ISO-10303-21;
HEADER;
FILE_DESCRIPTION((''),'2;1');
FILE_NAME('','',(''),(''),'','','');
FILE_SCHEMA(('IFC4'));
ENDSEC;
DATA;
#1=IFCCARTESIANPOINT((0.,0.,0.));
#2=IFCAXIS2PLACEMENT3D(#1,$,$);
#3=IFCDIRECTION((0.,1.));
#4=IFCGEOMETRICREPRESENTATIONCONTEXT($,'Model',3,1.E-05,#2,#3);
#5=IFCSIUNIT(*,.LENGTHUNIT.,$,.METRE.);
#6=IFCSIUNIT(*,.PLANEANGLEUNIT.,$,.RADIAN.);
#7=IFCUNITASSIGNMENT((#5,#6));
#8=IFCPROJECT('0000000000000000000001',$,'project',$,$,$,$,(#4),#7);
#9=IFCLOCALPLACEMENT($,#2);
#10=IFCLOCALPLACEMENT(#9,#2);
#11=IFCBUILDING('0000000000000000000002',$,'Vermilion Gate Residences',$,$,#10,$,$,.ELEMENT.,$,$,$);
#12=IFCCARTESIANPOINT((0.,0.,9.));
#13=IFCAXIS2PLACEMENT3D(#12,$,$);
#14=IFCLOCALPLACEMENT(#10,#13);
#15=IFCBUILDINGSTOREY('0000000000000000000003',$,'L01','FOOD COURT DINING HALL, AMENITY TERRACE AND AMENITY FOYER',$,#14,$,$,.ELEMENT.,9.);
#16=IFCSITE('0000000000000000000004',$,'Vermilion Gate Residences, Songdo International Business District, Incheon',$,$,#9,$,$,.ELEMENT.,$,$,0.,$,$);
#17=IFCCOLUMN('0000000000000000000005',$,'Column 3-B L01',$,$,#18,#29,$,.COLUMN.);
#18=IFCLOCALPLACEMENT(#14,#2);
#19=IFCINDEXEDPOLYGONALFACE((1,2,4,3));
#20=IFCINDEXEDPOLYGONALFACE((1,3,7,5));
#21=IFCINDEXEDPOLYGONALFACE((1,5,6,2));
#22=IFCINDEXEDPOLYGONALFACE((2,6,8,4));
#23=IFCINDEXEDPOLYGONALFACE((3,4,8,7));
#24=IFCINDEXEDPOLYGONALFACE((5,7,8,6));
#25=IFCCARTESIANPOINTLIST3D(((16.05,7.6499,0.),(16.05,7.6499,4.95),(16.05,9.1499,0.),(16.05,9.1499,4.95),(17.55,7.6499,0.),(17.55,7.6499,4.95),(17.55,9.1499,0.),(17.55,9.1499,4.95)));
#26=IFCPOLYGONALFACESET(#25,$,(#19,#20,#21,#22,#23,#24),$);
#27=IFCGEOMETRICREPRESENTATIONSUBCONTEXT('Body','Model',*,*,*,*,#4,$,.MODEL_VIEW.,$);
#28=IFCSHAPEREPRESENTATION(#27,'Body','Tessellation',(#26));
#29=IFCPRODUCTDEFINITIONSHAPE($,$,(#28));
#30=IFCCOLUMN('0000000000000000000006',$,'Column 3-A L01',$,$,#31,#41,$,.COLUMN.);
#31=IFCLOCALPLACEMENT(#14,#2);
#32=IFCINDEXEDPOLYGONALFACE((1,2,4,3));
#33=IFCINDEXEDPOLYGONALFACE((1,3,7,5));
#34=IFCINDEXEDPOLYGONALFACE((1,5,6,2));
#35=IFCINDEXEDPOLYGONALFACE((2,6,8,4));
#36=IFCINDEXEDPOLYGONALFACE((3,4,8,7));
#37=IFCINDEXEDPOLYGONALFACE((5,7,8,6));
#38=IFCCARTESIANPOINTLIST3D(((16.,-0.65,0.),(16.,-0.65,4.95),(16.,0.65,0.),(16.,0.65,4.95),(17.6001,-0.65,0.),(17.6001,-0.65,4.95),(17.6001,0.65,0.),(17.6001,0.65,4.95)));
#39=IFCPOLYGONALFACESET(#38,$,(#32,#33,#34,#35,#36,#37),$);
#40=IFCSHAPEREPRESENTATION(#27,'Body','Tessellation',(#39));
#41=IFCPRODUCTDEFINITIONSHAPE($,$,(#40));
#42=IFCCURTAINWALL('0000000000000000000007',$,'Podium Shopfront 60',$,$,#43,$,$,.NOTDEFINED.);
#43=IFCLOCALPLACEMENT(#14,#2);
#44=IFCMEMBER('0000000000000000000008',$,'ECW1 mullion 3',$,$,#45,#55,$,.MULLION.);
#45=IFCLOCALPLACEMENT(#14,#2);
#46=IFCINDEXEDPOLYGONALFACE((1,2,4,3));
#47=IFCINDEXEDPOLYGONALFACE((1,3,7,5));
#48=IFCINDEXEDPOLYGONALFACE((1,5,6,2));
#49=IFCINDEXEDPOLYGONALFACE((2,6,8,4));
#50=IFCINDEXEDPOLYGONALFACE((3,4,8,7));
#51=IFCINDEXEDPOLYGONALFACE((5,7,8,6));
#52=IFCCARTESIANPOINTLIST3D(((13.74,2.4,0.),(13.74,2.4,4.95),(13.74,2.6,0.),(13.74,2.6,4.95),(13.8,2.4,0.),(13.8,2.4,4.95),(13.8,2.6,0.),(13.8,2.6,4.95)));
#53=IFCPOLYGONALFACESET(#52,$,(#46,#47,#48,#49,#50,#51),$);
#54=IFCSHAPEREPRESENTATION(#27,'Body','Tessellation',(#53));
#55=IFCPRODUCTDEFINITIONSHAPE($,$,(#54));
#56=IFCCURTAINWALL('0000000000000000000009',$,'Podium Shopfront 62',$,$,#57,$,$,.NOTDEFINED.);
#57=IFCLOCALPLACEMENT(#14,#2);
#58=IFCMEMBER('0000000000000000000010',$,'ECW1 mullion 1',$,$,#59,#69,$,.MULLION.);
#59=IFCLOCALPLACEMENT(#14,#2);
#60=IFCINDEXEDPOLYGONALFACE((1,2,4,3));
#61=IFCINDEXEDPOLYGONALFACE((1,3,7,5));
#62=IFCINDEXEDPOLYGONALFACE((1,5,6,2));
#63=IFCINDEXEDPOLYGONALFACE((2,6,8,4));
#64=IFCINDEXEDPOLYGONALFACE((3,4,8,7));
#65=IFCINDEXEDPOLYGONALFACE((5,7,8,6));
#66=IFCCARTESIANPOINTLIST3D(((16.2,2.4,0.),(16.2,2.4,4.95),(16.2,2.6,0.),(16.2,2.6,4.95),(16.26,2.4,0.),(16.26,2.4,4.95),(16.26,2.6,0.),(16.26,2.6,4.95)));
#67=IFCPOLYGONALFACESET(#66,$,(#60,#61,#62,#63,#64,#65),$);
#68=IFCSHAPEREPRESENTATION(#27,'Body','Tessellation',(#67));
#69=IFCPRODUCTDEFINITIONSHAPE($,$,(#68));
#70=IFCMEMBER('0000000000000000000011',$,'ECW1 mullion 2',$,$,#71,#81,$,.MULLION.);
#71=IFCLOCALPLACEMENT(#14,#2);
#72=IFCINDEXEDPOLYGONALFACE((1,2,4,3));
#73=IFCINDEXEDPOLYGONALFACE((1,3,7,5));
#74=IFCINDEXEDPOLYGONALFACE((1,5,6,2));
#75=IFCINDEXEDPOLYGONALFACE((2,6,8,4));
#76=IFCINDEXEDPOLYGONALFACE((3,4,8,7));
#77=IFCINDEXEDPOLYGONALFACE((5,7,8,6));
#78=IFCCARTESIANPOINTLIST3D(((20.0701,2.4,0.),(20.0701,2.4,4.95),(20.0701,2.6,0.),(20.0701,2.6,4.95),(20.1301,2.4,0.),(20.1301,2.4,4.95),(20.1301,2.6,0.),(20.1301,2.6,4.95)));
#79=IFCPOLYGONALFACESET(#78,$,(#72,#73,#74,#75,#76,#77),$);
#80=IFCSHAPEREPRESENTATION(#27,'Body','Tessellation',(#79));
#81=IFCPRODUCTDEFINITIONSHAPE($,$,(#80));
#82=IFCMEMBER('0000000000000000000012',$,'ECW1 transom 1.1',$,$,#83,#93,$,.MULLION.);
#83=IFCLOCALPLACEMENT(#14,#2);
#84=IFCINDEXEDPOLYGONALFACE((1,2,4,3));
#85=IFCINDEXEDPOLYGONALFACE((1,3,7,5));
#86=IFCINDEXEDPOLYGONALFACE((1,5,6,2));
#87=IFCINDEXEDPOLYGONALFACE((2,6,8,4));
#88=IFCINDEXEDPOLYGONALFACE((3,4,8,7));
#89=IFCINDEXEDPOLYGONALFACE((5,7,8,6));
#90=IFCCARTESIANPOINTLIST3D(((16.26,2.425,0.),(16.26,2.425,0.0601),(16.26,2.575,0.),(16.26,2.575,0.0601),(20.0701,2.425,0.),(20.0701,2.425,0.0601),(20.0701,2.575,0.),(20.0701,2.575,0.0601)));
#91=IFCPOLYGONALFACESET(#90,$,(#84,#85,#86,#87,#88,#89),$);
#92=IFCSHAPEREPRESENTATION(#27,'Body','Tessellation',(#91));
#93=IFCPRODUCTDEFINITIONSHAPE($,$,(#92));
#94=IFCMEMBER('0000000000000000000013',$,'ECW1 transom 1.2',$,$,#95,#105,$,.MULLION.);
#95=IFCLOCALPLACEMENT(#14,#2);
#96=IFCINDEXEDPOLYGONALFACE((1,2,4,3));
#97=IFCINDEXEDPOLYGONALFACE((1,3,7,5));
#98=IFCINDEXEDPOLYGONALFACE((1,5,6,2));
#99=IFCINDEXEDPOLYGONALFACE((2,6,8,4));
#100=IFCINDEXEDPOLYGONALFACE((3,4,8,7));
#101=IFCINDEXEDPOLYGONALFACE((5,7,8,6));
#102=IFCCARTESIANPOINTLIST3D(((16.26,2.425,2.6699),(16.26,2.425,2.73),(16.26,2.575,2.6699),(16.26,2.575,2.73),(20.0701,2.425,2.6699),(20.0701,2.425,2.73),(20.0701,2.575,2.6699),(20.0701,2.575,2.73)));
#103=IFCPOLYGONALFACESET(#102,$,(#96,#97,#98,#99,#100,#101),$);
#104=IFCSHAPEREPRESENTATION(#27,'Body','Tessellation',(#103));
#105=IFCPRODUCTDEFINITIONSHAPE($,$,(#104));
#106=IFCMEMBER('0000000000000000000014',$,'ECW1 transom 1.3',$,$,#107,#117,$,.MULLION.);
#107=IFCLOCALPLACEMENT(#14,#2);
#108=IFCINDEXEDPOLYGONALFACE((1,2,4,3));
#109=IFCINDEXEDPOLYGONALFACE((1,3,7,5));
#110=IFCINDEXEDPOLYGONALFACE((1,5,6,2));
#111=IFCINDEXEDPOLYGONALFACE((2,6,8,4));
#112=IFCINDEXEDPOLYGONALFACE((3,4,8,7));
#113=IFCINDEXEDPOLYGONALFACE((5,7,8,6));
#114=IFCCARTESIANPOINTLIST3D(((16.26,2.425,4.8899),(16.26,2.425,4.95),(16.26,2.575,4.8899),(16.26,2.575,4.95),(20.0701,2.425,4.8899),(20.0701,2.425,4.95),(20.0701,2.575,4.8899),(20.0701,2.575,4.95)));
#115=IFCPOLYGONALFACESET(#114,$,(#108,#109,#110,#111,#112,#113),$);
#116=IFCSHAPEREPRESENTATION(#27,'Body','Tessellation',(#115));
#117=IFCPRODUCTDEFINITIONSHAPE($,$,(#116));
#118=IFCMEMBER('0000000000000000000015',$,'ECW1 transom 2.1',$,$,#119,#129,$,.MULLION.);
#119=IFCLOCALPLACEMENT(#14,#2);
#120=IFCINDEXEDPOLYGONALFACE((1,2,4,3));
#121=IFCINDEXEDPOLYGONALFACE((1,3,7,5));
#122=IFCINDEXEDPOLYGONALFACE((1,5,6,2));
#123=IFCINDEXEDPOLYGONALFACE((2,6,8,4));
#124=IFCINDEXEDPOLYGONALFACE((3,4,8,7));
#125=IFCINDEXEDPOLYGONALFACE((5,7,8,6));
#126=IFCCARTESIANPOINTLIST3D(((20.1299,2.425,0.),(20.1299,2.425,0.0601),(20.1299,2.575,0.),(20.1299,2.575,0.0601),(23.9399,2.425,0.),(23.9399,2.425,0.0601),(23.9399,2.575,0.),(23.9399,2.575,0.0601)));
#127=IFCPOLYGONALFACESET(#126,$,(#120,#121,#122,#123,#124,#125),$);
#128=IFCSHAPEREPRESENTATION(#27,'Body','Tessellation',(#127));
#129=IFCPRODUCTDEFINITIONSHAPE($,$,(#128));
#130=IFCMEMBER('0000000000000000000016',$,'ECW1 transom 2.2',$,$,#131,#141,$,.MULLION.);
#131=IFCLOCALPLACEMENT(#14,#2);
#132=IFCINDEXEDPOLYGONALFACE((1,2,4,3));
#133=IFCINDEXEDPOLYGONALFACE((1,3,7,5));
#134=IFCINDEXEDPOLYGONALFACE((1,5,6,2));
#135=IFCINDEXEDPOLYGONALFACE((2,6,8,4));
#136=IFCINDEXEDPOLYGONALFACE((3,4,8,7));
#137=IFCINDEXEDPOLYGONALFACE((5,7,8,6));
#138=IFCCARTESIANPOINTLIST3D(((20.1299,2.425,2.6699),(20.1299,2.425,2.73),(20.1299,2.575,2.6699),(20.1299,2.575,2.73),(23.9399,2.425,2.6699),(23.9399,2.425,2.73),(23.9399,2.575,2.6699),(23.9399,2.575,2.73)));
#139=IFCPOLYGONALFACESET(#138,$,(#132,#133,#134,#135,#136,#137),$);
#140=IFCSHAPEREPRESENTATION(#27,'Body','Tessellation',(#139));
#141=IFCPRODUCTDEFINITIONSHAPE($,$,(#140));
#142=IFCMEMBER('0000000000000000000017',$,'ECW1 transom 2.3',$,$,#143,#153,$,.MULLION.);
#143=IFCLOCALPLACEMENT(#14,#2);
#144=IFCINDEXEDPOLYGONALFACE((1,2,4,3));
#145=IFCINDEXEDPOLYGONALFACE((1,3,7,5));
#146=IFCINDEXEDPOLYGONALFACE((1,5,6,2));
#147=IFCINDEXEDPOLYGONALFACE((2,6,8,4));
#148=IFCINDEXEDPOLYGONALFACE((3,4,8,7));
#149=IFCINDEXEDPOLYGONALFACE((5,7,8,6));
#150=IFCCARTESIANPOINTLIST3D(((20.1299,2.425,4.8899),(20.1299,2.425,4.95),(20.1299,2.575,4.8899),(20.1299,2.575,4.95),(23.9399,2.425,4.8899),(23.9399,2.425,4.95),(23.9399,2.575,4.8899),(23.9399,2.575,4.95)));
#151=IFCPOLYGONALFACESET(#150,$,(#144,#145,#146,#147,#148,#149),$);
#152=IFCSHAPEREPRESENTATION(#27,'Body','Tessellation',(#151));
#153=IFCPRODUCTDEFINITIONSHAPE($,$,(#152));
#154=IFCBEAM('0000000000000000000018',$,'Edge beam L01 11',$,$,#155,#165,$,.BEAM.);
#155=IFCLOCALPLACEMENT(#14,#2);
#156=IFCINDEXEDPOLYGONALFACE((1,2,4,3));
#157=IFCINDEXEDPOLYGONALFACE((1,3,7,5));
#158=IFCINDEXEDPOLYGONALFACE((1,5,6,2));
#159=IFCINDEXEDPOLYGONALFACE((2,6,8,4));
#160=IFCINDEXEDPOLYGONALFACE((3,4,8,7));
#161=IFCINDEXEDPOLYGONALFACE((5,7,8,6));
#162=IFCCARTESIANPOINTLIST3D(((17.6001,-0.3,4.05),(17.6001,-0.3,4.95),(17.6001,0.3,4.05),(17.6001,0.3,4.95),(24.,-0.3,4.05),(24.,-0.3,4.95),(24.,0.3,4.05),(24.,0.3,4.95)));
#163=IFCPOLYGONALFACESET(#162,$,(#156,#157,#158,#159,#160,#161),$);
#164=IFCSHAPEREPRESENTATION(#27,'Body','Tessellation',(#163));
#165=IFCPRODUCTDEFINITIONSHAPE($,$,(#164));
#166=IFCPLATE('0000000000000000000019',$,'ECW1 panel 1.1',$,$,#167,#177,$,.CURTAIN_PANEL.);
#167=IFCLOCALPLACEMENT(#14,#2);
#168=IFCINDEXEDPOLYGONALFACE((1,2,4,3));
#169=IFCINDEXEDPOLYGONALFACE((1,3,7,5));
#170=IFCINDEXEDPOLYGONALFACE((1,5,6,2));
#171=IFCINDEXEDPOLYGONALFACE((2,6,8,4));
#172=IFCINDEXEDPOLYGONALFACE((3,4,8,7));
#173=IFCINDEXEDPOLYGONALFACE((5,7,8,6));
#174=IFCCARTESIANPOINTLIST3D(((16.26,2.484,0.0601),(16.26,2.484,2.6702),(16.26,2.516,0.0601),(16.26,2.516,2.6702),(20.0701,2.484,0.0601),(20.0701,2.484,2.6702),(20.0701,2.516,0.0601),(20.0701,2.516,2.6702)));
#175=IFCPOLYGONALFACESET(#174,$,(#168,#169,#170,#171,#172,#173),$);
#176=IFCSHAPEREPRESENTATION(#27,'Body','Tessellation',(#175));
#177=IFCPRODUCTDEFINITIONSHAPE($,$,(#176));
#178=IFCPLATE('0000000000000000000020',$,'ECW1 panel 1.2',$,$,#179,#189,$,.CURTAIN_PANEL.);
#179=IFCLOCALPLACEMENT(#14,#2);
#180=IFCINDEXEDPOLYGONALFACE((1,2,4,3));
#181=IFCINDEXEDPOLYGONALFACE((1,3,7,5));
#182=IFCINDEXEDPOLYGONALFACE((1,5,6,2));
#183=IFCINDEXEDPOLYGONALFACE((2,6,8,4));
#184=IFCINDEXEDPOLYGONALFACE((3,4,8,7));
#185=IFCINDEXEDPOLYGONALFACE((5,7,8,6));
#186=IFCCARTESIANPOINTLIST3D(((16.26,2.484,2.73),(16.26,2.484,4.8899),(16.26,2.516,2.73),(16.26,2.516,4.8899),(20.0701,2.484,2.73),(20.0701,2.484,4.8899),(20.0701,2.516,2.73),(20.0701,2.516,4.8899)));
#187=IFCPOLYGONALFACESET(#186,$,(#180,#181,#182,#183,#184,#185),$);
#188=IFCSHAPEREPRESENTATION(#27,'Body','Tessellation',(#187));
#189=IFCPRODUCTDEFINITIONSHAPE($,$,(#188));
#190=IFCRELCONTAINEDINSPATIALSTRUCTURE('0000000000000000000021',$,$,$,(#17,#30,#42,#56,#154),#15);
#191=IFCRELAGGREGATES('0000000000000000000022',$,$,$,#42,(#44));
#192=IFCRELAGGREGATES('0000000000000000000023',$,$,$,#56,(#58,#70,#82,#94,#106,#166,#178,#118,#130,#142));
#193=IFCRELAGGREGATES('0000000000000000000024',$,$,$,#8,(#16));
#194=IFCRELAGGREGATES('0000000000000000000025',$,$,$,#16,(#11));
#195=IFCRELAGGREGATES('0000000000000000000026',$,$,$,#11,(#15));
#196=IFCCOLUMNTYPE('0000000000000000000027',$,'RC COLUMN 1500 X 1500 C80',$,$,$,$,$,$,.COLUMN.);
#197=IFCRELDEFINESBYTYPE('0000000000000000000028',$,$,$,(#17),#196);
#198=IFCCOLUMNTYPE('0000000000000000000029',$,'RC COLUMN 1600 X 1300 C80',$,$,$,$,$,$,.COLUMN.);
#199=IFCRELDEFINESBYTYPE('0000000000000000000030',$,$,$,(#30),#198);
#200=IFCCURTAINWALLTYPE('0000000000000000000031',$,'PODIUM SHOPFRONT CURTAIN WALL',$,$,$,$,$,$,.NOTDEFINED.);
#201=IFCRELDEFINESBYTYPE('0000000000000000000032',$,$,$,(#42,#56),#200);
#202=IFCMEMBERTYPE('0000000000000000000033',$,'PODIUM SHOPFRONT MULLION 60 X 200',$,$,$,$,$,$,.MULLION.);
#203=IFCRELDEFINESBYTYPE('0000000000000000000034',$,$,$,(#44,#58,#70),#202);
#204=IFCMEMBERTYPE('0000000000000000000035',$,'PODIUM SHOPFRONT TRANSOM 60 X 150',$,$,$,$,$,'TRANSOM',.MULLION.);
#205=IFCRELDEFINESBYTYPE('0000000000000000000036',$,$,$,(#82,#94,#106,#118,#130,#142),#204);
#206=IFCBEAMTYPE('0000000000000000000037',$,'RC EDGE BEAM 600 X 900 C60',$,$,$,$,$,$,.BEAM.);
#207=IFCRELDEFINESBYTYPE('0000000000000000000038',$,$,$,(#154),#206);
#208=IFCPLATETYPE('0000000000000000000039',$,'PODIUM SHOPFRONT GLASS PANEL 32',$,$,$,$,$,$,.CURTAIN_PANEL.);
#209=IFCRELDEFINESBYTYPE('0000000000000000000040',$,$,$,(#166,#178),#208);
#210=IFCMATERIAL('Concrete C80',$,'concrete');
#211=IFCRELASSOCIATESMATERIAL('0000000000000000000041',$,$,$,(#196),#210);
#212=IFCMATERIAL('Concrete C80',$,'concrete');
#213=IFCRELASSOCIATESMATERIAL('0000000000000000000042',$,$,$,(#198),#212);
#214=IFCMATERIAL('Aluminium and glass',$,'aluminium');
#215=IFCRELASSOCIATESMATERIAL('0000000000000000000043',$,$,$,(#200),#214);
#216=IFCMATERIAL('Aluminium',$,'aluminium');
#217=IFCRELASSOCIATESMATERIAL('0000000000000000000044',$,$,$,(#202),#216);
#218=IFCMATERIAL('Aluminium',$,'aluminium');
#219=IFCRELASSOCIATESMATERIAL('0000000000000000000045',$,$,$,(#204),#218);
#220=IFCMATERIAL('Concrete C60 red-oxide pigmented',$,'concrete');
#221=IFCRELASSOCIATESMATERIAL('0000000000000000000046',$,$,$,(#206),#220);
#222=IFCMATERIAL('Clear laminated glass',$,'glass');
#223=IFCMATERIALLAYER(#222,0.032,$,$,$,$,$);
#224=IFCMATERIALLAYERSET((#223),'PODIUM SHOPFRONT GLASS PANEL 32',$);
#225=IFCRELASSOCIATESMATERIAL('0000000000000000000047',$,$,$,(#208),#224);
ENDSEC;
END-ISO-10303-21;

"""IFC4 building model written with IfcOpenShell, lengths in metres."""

from ifc_helpers import new_model, si_unit, direction, frame, origin, origin_2d, place, context, subcontext, project, spatial, rectangle, extrude, material, layer, layer_set, material_profile, profile_set, type_object, element, aggregate, save


model = new_model("IFC4")

# Units and contexts
model_context = context("Model", 3, precision=1e-05, world=origin(), true_north=direction((0.0, 1.0)))
body_context = subcontext(model_context, "Body", "Model", "MODEL_VIEW")
ifc_project = project(units=[si_unit("LENGTHUNIT", "METRE"), si_unit("PLANEANGLEUNIT", "RADIAN")], contexts=[model_context])

# Site, building, storey
site_placement = place(None, origin())
site = spatial("IfcSite", under=ifc_project, at=site_placement, Name="Vermilion Gate Residences, Songdo International Business District, Incheon", CompositionType="ELEMENT", RefElevation=0.0)
building_placement = place(site_placement, origin())
building = spatial("IfcBuilding", under=site, at=building_placement, Name="Vermilion Gate Residences", CompositionType="ELEMENT")
storey_placement = place(building_placement, frame((0.0, 0.0, 9.0)))
storey = spatial("IfcBuildingStorey", under=building, at=storey_placement, Name="L01", Description="FOOD COURT DINING HALL, AMENITY TERRACE AND AMENITY FOYER", CompositionType="ELEMENT", Elevation=9.0)

# Columns
ifc_material_1 = material(Name="Concrete C80", Category="concrete")
ifc_material_profile_1 = material_profile(ifc_material_1, rectangle(XDim=1.5, YDim=1.5, at=origin_2d()), Name="RC-1500x1500")
ifc_profile_set_1 = profile_set([ifc_material_profile_1], Name="Concrete C80")
column_type_1 = type_object("IfcColumnType", Name="RC COLUMN 1500 X 1500 C80", PredefinedType="COLUMN", material=ifc_profile_set_1)
column_1_placement = place(storey_placement, frame((16.8, 8.3999, 0.0), z_axis=(0.0, 0.0, 1.0), x_axis=(1.0, 0.0, 0.0)))
element("IfcColumn", 1, at=column_1_placement, inside=storey, type_object=column_type_1, Name="Column 3-B L01", PredefinedType="COLUMN", context=body_context, shape_type="SweptSolid", body=[
    extrude(rectangle(XDim=1.5, YDim=1.5, at=origin_2d()), origin(), (0.0, 0.0, 1.0), 4.95),
])
ifc_material_2 = material(Name="Concrete C80", Category="concrete")
ifc_material_profile_2 = material_profile(ifc_material_2, rectangle(XDim=1.6001, YDim=1.3, at=origin_2d()), Name="RC-1600x1300")
ifc_profile_set_2 = profile_set([ifc_material_profile_2], Name="Concrete C80")
column_type_2 = type_object("IfcColumnType", Name="RC COLUMN 1600 X 1300 C80", PredefinedType="COLUMN", material=ifc_profile_set_2)
column_2_placement = place(storey_placement, frame((16.8, 0.0, 0.0), z_axis=(0.0, 0.0, 1.0), x_axis=(1.0, 0.0, 0.0)))
element("IfcColumn", 2, at=column_2_placement, inside=storey, type_object=column_type_2, Name="Column 3-A L01", PredefinedType="COLUMN", context=body_context, shape_type="SweptSolid", body=[
    extrude(rectangle(XDim=1.6001, YDim=1.3, at=origin_2d()), origin(), (0.0, 0.0, 1.0), 4.95),
])

# Curtain wall, member
ifc_material_3 = material(Name="Aluminium and glass", Category="aluminium")
curtain_wall_type = type_object("IfcCurtainWallType", Name="PODIUM SHOPFRONT CURTAIN WALL", PredefinedType="NOTDEFINED", material=ifc_material_3)
curtain_wall_1_placement = place(storey_placement, origin())
curtain_wall_1 = element("IfcCurtainWall", 3, at=curtain_wall_1_placement, inside=storey, type_object=curtain_wall_type, Name="Podium Shopfront 60", PredefinedType="NOTDEFINED")
ifc_material_4 = material(Name="Aluminium", Category="aluminium")
ifc_material_profile_3 = material_profile(ifc_material_4, rectangle(XDim=0.2, YDim=0.0601, at=origin_2d()), Name="MULLION 60 X 200")
ifc_profile_set_3 = profile_set([ifc_material_profile_3], Name="Aluminium")
member_type_1 = type_object("IfcMemberType", Name="PODIUM SHOPFRONT MULLION 60 X 200", PredefinedType="MULLION", material=ifc_profile_set_3)
member_1_placement = place(storey_placement, frame((13.77, 2.5, 0.0), z_axis=(0.0, 0.0, 1.0), x_axis=(0.0, 1.0, 0.0)))
member_1 = element("IfcMember", 4, at=member_1_placement, type_object=member_type_1, Name="ECW1 mullion 3", PredefinedType="MULLION", context=body_context, shape_type="SweptSolid", body=[
    extrude(rectangle(XDim=0.2, YDim=0.0601, at=origin_2d()), origin(), (0.0, 0.0, 1.0), 4.95),
])
aggregate(curtain_wall_1, [member_1])

# Curtain wall, members
curtain_wall_2_placement = place(storey_placement, origin())
curtain_wall_2 = element("IfcCurtainWall", 5, at=curtain_wall_2_placement, inside=storey, type_object=curtain_wall_type, Name="Podium Shopfront 62", PredefinedType="NOTDEFINED")
member_2_placement = place(storey_placement, frame((16.23, 2.5, 0.0), z_axis=(0.0, 0.0, 1.0), x_axis=(0.0, 1.0, 0.0)))
member_2 = element("IfcMember", 6, at=member_2_placement, type_object=member_type_1, Name="ECW1 mullion 1", PredefinedType="MULLION", context=body_context, shape_type="SweptSolid", body=[
    extrude(rectangle(XDim=0.2, YDim=0.0601, at=origin_2d()), origin(), (0.0, 0.0, 1.0), 4.95),
])
member_3_placement = place(storey_placement, frame((20.1001, 2.5, 0.0), z_axis=(0.0, 0.0, 1.0), x_axis=(0.0, 1.0, 0.0)))
member_3 = element("IfcMember", 7, at=member_3_placement, type_object=member_type_1, Name="ECW1 mullion 2", PredefinedType="MULLION", context=body_context, shape_type="SweptSolid", body=[
    extrude(rectangle(XDim=0.2, YDim=0.0601, at=origin_2d()), origin(), (0.0, 0.0, 1.0), 4.95),
])
ifc_material_5 = material(Name="Aluminium", Category="aluminium")
ifc_material_profile_4 = material_profile(ifc_material_5, rectangle(XDim=0.1499, YDim=0.0601, at=origin_2d()), Name="TRANSOM 60 X 150")
ifc_profile_set_4 = profile_set([ifc_material_profile_4], Name="Aluminium")
member_type_2 = type_object("IfcMemberType", Name="PODIUM SHOPFRONT TRANSOM 60 X 150", ElementType="TRANSOM", PredefinedType="MULLION", material=ifc_profile_set_4)
member_4_placement = place(storey_placement, frame((16.26, 2.5, 0.03), z_axis=(1.0, 0.0, 0.0), x_axis=(0.0, 1.0, 0.0)))
member_4 = element("IfcMember", 8, at=member_4_placement, type_object=member_type_2, Name="ECW1 transom 1.1", PredefinedType="MULLION", context=body_context, shape_type="SweptSolid", body=[
    extrude(rectangle(XDim=0.1499, YDim=0.0601, at=origin_2d()), origin(), (0.0, 0.0, 1.0), 3.8101),
])
member_5_placement = place(storey_placement, frame((16.26, 2.5, 2.7), z_axis=(1.0, 0.0, 0.0), x_axis=(0.0, 1.0, 0.0)))
member_5 = element("IfcMember", 9, at=member_5_placement, type_object=member_type_2, Name="ECW1 transom 1.2", PredefinedType="MULLION", context=body_context, shape_type="SweptSolid", body=[
    extrude(rectangle(XDim=0.1499, YDim=0.0601, at=origin_2d()), origin(), (0.0, 0.0, 1.0), 3.8101),
])
member_6_placement = place(storey_placement, frame((16.26, 2.5, 4.9199), z_axis=(1.0, 0.0, 0.0), x_axis=(0.0, 1.0, 0.0)))
member_6 = element("IfcMember", 10, at=member_6_placement, type_object=member_type_2, Name="ECW1 transom 1.3", PredefinedType="MULLION", context=body_context, shape_type="SweptSolid", body=[
    extrude(rectangle(XDim=0.1499, YDim=0.0601, at=origin_2d()), origin(), (0.0, 0.0, 1.0), 3.8101),
])
member_7_placement = place(storey_placement, frame((20.1299, 2.5, 0.03), z_axis=(1.0, 0.0, 0.0), x_axis=(0.0, 1.0, 0.0)))
member_7 = element("IfcMember", 11, at=member_7_placement, type_object=member_type_2, Name="ECW1 transom 2.1", PredefinedType="MULLION", context=body_context, shape_type="SweptSolid", body=[
    extrude(rectangle(XDim=0.1499, YDim=0.0601, at=origin_2d()), origin(), (0.0, 0.0, 1.0), 3.8101),
])
member_8_placement = place(storey_placement, frame((20.1299, 2.5, 2.7), z_axis=(1.0, 0.0, 0.0), x_axis=(0.0, 1.0, 0.0)))
member_8 = element("IfcMember", 12, at=member_8_placement, type_object=member_type_2, Name="ECW1 transom 2.2", PredefinedType="MULLION", context=body_context, shape_type="SweptSolid", body=[
    extrude(rectangle(XDim=0.1499, YDim=0.0601, at=origin_2d()), origin(), (0.0, 0.0, 1.0), 3.8101),
])
member_9_placement = place(storey_placement, frame((20.1299, 2.5, 4.9199), z_axis=(1.0, 0.0, 0.0), x_axis=(0.0, 1.0, 0.0)))
member_9 = element("IfcMember", 13, at=member_9_placement, type_object=member_type_2, Name="ECW1 transom 2.3", PredefinedType="MULLION", context=body_context, shape_type="SweptSolid", body=[
    extrude(rectangle(XDim=0.1499, YDim=0.0601, at=origin_2d()), origin(), (0.0, 0.0, 1.0), 3.8101),
])

# Beam
ifc_material_6 = material(Name="Concrete C60 red-oxide pigmented", Category="concrete")
ifc_material_profile_5 = material_profile(ifc_material_6, rectangle(XDim=0.6001, YDim=0.8999, at=origin_2d()), Name="RC-600x900")
ifc_profile_set_5 = profile_set([ifc_material_profile_5], Name="Concrete C60 red-oxide pigmented")
beam_type = type_object("IfcBeamType", Name="RC EDGE BEAM 600 X 900 C60", PredefinedType="BEAM", material=ifc_profile_set_5)
beam_placement = place(storey_placement, frame((17.6001, 0.0, 4.5), z_axis=(1.0, 0.0, 0.0), x_axis=(0.0, 1.0, 0.0)))
element("IfcBeam", 14, at=beam_placement, inside=storey, type_object=beam_type, Name="Edge beam L01 11", PredefinedType="BEAM", context=body_context, shape_type="SweptSolid", body=[
    extrude(rectangle(XDim=0.6001, YDim=0.8999, at=origin_2d()), origin(), (0.0, 0.0, 1.0), 6.3999),
])

# Plates
ifc_material_7 = material(Name="Clear laminated glass", Category="glass")
ifc_layer_1 = layer(ifc_material_7, 0.032)
ifc_layer_set_1 = layer_set([ifc_layer_1], Name="PODIUM SHOPFRONT GLASS PANEL 32")
plate_type = type_object("IfcPlateType", Name="PODIUM SHOPFRONT GLASS PANEL 32", PredefinedType="CURTAIN_PANEL", material=ifc_layer_set_1)
plate_1_placement = place(storey_placement, frame((18.165, 2.5, 0.0601), z_axis=(0.0, 0.0, 1.0), x_axis=(1.0, 0.0, 0.0)))
plate_1 = element("IfcPlate", 15, at=plate_1_placement, type_object=plate_type, Name="ECW1 panel 1.1", PredefinedType="CURTAIN_PANEL", context=body_context, shape_type="SweptSolid", body=[
    extrude(rectangle(XDim=3.8101, YDim=0.032, at=origin_2d()), origin(), (0.0, 0.0, 1.0), 2.6101),
])
plate_2_placement = place(storey_placement, frame((18.165, 2.5, 2.73), z_axis=(0.0, 0.0, 1.0), x_axis=(1.0, 0.0, 0.0)))
plate_2 = element("IfcPlate", 16, at=plate_2_placement, type_object=plate_type, Name="ECW1 panel 1.2", PredefinedType="CURTAIN_PANEL", context=body_context, shape_type="SweptSolid", body=[
    extrude(rectangle(XDim=3.8101, YDim=0.032, at=origin_2d()), origin(), (0.0, 0.0, 1.0), 2.1599),
])
aggregate(curtain_wall_2, [member_2, member_3, member_4, member_5, member_6, plate_1, plate_2, member_7, member_8, member_9])

save(model, "model.ifc")
